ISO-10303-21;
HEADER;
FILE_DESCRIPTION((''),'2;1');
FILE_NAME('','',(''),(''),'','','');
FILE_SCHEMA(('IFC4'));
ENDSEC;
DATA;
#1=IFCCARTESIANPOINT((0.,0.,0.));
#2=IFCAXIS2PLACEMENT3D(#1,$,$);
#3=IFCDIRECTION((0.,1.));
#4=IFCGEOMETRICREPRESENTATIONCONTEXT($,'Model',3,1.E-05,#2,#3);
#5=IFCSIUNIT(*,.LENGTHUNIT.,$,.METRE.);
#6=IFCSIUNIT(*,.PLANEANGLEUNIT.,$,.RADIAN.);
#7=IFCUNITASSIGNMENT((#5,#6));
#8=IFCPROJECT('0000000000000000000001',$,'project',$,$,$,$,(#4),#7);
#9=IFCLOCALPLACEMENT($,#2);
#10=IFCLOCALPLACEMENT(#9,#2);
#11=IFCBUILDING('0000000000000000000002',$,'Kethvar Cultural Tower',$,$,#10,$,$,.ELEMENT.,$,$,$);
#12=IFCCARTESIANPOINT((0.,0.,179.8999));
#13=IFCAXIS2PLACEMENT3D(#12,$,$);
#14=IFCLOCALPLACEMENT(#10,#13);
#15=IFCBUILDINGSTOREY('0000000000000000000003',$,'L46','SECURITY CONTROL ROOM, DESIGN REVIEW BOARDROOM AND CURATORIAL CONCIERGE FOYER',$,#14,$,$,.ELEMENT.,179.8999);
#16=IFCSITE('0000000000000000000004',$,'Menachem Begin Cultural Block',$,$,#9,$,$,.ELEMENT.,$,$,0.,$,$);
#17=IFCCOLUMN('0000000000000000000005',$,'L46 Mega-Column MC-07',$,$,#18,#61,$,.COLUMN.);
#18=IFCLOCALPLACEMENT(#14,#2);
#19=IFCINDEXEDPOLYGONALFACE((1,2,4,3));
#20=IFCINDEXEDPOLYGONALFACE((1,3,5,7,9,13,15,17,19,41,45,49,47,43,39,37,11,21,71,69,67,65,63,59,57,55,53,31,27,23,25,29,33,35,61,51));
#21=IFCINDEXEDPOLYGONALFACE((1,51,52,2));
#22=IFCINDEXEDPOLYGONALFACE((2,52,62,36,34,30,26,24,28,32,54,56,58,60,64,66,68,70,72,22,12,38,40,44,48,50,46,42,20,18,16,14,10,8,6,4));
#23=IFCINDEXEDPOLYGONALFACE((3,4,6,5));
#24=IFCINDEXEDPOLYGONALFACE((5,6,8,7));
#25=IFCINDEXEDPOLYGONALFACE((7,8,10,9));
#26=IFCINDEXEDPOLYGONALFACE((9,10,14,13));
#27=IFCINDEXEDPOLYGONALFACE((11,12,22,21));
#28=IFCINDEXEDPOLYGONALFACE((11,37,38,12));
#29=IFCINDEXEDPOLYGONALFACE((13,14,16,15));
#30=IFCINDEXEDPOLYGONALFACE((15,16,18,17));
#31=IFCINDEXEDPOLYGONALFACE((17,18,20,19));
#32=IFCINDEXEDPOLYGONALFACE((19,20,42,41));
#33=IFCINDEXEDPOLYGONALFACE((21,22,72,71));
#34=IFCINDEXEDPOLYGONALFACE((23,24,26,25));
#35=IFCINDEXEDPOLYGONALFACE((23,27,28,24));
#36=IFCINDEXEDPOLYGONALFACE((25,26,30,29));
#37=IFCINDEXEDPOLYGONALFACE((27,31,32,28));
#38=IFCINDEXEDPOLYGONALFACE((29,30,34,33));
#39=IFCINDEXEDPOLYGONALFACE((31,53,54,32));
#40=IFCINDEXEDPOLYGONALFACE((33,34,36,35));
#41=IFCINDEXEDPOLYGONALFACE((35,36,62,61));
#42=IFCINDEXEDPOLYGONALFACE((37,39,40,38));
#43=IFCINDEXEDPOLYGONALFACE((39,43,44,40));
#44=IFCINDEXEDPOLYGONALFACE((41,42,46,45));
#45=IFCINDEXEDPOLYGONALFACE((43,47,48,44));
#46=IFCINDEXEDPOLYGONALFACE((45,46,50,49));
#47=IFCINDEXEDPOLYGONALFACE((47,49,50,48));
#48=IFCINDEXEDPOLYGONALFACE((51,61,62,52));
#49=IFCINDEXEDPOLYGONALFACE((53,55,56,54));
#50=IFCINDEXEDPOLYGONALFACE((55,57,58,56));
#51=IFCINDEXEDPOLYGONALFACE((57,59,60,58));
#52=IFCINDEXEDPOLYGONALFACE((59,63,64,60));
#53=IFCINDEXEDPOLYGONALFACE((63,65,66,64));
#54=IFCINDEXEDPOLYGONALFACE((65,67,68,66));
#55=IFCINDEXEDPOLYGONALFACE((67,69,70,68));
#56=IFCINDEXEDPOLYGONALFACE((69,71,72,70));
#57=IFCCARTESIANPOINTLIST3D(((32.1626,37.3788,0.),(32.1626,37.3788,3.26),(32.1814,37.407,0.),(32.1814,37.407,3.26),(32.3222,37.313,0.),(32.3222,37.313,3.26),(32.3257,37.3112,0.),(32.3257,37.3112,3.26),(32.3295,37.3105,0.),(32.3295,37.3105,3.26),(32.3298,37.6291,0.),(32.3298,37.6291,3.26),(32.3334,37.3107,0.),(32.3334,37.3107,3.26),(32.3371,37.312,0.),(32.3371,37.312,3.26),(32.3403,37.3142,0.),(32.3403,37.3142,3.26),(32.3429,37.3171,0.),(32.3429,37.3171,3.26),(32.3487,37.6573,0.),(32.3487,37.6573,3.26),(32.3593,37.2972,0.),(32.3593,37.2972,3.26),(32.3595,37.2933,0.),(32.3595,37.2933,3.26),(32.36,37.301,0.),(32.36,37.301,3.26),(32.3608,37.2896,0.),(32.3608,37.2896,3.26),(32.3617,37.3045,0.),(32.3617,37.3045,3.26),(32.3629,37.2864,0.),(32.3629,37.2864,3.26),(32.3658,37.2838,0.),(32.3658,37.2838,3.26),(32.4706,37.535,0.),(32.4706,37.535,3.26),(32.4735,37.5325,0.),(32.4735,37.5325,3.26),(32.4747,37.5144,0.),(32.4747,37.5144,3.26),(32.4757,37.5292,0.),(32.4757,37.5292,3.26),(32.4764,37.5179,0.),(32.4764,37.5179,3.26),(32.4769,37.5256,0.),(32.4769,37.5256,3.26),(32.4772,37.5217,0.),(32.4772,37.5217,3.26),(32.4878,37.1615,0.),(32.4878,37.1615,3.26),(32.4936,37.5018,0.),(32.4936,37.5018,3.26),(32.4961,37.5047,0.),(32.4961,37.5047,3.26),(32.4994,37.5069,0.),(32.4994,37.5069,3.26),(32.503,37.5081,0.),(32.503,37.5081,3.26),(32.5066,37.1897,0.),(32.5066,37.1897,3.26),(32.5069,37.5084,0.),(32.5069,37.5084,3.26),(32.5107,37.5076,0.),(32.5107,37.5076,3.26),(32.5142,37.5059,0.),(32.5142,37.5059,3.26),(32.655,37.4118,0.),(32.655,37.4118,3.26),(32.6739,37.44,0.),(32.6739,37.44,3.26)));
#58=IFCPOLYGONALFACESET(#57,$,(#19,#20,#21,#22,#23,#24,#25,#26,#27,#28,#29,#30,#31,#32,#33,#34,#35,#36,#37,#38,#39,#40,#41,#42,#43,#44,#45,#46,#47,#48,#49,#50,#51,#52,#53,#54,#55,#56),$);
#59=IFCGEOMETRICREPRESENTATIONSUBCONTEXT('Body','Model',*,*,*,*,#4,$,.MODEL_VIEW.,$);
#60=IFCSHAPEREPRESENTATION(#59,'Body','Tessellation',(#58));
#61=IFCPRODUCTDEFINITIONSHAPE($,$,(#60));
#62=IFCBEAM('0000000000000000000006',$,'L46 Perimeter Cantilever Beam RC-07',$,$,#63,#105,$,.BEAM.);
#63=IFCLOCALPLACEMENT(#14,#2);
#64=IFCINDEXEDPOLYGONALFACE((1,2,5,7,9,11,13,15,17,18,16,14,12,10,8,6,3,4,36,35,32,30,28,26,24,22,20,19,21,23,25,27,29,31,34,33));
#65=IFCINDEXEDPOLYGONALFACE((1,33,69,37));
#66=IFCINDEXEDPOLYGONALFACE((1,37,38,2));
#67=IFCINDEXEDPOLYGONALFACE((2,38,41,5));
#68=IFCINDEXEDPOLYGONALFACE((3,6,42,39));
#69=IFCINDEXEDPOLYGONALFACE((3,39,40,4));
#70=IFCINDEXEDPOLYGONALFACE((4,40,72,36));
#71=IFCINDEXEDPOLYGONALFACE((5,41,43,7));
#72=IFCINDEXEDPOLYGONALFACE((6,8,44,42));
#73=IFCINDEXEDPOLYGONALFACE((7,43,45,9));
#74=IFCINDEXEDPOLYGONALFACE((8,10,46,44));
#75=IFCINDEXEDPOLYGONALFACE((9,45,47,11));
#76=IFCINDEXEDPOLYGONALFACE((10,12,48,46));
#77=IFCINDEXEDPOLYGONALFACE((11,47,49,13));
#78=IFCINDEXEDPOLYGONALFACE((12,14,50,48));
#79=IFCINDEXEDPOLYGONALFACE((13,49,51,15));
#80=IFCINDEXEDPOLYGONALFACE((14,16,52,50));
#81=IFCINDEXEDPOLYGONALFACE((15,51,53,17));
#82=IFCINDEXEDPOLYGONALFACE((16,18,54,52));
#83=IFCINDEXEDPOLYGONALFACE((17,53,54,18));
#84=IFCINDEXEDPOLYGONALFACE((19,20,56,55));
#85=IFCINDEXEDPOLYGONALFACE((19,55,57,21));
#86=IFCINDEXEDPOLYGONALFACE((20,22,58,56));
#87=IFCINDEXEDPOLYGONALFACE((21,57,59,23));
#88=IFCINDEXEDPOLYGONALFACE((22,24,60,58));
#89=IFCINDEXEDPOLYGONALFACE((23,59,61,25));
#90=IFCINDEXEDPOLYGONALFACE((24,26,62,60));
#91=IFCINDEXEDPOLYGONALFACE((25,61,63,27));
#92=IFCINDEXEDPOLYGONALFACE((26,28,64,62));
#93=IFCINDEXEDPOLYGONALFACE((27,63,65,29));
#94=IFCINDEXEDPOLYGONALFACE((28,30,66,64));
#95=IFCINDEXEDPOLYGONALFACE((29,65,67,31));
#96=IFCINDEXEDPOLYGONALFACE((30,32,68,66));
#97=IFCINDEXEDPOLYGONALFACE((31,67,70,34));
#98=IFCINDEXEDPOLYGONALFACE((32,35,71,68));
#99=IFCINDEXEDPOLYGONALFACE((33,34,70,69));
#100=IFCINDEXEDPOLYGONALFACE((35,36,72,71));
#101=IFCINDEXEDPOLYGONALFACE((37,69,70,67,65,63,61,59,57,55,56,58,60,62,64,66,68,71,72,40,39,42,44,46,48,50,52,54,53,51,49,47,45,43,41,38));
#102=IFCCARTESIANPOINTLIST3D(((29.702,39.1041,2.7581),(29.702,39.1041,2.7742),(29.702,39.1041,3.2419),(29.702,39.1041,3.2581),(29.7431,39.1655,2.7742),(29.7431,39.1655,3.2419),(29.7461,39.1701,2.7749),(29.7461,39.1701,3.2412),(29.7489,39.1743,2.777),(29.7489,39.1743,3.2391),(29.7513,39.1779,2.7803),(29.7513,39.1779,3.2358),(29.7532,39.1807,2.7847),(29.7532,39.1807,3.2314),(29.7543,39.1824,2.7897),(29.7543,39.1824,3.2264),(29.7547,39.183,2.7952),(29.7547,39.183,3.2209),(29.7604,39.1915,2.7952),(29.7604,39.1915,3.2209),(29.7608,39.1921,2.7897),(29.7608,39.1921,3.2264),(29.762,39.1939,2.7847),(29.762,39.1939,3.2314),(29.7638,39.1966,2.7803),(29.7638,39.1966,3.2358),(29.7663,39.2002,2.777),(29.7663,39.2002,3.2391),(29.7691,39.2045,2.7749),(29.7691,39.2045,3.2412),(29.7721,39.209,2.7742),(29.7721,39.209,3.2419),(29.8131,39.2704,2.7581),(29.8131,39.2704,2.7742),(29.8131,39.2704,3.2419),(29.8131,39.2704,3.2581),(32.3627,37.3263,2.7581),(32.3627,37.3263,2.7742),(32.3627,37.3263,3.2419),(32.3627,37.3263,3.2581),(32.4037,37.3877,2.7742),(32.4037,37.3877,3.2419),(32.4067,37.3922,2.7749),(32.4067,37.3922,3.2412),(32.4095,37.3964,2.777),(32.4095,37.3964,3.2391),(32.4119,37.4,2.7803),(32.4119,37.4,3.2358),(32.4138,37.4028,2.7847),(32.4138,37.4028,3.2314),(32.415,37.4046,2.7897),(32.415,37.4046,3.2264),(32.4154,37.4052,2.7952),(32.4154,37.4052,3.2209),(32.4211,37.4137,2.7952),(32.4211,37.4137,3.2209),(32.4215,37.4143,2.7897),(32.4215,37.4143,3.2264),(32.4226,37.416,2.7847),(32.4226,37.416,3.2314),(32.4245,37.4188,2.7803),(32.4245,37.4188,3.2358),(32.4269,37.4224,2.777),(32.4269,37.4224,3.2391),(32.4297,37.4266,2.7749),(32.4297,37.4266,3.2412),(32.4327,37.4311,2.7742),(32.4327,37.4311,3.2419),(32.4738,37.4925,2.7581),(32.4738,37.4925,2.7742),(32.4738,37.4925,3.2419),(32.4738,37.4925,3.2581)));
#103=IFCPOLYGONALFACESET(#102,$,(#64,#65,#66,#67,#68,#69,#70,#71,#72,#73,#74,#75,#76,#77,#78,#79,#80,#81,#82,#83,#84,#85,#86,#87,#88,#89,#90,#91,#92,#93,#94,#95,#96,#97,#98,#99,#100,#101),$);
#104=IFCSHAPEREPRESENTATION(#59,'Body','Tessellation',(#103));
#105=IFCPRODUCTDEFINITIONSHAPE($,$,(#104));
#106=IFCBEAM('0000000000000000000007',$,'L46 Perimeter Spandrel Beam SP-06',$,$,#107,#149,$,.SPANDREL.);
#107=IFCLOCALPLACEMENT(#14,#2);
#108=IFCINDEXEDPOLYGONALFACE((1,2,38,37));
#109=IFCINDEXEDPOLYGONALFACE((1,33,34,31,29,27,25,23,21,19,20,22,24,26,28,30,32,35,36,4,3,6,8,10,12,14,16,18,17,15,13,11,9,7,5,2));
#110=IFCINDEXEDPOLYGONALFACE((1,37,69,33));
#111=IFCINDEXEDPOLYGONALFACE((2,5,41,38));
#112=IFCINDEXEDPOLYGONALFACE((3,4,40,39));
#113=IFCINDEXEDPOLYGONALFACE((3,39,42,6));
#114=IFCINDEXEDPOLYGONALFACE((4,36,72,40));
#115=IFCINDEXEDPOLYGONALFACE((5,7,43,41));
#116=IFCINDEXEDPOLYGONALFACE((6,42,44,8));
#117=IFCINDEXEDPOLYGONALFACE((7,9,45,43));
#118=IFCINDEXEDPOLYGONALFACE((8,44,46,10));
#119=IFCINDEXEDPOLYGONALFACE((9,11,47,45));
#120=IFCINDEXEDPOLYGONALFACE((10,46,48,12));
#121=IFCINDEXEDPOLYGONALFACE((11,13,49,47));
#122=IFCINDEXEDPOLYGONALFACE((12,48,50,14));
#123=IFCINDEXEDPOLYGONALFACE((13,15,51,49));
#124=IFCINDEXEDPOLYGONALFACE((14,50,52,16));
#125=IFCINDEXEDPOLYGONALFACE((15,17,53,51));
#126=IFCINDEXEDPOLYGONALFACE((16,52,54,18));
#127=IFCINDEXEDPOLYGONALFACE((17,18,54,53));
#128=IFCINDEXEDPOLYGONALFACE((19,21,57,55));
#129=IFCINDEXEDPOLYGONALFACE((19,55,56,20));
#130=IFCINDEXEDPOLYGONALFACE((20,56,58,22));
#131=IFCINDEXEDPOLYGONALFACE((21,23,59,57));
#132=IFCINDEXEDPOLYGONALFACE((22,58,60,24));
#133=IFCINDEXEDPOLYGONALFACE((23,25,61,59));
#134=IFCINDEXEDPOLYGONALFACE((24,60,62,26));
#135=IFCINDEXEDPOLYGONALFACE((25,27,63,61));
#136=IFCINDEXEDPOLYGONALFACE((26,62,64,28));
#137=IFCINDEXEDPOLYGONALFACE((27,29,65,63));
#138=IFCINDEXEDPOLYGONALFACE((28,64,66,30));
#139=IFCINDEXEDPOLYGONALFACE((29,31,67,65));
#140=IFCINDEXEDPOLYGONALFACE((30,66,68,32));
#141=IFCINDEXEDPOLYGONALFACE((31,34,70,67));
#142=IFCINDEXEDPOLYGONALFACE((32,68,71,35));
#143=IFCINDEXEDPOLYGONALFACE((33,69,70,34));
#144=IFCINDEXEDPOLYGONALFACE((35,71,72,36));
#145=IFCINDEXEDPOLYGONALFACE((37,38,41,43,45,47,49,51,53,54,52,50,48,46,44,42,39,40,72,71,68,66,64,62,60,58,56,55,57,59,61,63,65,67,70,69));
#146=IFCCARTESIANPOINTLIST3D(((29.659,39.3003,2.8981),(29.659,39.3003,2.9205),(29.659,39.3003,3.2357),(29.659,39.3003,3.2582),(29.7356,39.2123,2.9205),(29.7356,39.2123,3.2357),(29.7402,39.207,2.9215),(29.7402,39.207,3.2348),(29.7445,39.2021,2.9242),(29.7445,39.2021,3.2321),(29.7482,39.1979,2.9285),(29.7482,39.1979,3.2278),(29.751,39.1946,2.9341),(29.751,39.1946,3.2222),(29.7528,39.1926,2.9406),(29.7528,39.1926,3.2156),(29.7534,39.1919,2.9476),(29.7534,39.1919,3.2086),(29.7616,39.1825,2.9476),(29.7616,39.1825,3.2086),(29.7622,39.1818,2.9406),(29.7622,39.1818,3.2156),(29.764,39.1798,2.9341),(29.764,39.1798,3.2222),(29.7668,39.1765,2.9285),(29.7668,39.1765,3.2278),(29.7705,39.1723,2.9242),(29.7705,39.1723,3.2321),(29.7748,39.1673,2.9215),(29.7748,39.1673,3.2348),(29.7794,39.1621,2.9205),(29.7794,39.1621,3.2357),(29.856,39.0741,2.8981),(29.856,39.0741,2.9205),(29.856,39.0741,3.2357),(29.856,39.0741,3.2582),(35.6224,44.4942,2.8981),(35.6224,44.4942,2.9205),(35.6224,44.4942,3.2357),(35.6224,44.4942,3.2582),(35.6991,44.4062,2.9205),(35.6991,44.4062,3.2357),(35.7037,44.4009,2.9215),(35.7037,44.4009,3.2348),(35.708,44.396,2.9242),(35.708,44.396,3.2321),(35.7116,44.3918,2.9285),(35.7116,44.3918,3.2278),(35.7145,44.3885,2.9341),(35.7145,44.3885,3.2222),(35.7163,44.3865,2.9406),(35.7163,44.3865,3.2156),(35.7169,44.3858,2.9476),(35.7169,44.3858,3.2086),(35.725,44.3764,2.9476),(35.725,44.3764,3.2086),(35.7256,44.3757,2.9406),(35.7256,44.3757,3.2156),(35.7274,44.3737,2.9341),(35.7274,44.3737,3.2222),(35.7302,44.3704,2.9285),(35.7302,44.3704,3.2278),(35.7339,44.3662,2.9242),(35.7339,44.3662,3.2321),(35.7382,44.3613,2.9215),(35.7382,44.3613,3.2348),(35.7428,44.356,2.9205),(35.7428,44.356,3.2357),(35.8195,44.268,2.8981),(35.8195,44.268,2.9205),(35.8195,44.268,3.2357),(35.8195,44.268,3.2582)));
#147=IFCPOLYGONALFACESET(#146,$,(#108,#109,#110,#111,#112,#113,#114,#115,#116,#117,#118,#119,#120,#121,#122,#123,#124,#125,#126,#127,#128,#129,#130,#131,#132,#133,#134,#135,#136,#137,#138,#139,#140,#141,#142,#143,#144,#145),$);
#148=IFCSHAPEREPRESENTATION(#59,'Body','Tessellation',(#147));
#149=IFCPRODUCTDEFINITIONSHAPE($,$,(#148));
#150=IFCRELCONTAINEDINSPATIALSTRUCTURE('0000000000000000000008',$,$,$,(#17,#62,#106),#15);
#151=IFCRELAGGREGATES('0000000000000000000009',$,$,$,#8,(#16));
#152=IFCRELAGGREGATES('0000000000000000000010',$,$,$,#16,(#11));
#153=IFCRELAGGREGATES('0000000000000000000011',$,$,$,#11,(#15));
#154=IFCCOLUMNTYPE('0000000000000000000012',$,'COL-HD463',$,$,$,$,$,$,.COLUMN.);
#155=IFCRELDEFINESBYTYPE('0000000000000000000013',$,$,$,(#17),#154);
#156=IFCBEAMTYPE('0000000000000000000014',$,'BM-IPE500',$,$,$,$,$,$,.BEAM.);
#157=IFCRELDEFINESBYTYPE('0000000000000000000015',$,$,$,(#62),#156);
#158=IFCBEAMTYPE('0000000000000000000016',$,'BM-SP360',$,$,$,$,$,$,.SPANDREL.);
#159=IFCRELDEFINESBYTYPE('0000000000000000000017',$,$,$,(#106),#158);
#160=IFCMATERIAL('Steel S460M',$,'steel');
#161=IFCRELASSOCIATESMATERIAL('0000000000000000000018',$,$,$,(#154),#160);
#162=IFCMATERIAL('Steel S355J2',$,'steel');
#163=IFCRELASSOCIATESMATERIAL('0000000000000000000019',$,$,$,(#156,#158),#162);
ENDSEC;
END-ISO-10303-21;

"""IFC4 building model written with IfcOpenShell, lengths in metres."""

from ifc_helpers import new_model, si_unit, direction, frame, origin, origin_2d, place, context, subcontext, project, spatial, i_section, extrude, source, transform, mapped, material, material_profile, profile_set, type_object, element, save


model = new_model("IFC4")

# Units and contexts
model_context = context("Model", 3, precision=1e-05, world=origin(), true_north=direction((0.0, 1.0)))
body_context = subcontext(model_context, "Body", "Model", "MODEL_VIEW")
ifc_project = project(units=[si_unit("LENGTHUNIT", "METRE"), si_unit("PLANEANGLEUNIT", "RADIAN")], contexts=[model_context])

# Site, building, storey
site_placement = place(None, origin())
site = spatial("IfcSite", under=ifc_project, at=site_placement, Name="Menachem Begin Cultural Block", CompositionType="ELEMENT", RefElevation=0.0)
building_placement = place(site_placement, origin())
building = spatial("IfcBuilding", under=site, at=building_placement, Name="Kethvar Cultural Tower", CompositionType="ELEMENT")
storey_placement = place(building_placement, frame((0.0, 0.0, 179.8999)))
storey = spatial("IfcBuildingStorey", under=building, at=storey_placement, Name="L46", Description="SECURITY CONTROL ROOM, DESIGN REVIEW BOARDROOM AND CURATORIAL CONCIERGE FOYER", CompositionType="ELEMENT", Elevation=179.8999)

# Column
ifc_material_1 = material(Name="Steel S460M", Category="steel")
ifc_material_profile_1 = material_profile(ifc_material_1, i_section(OverallWidth=0.3911, OverallDepth=0.335, WebThickness=0.0227, FlangeThickness=0.0339, FilletRadius=0.0149, at=origin_2d()), Name="Steel S460M — HD400x463")
ifc_profile_set_1 = profile_set([ifc_material_profile_1], Name="Steel S460M — HD400x463")
column_type = type_object("IfcColumnType", Name="COL-HD463", PredefinedType="COLUMN", material=ifc_profile_set_1)
shared_shape_1 = source(origin(), body_context, "Body", "SweptSolid", [
    extrude(i_section(OverallWidth=0.3911, OverallDepth=0.335, WebThickness=0.0227, FlangeThickness=0.0339, FilletRadius=0.0149, at=origin_2d()), origin(), (0.0, 0.0, 1.0), 3.26),
])
column_placement = place(storey_placement, frame((32.4182, 37.4094, 0.0), z_axis=(0.0, 0.0, 1.0), x_axis=(-0.83147, 0.55557, 0.0)))
element("IfcColumn", 1, at=column_placement, inside=storey, type_object=column_type, Name="L46 Mega-Column MC-07", PredefinedType="COLUMN", context=body_context, shape_type="MappedRepresentation", body=[
    mapped(shared_shape_1, transform((0.0, 0.0, 0.0), scale=1.0)),
])

# Beams
ifc_material_2 = material(Name="Steel S355J2", Category="steel")
ifc_material_profile_2 = material_profile(ifc_material_2, i_section(OverallWidth=0.2, OverallDepth=0.5, WebThickness=0.0103, FlangeThickness=0.0161, FilletRadius=0.021, at=origin_2d()), Name="Steel S355J2 — IPE500")
ifc_profile_set_2 = profile_set([ifc_material_profile_2], Name="Steel S355J2 — IPE500")
beam_type_1 = type_object("IfcBeamType", Name="BM-IPE500", PredefinedType="BEAM", material=ifc_profile_set_2)
shared_shape_2 = source(origin(), body_context, "Body", "SweptSolid", [
    extrude(i_section(OverallWidth=0.2, OverallDepth=0.5, WebThickness=0.0103, FlangeThickness=0.0161, FilletRadius=0.021, at=origin_2d()), origin(), (0.0, 0.0, 1.0), 3.2),
])
beam_1_placement = place(storey_placement, frame((32.4182, 37.4094, 3.0081), z_axis=(-0.831463, 0.55558, 0.0), x_axis=(-0.55558, -0.831463, 0.0)))
element("IfcBeam", 2, at=beam_1_placement, inside=storey, type_object=beam_type_1, Name="L46 Perimeter Cantilever Beam RC-07", PredefinedType="BEAM", context=body_context, shape_type="MappedRepresentation", body=[
    mapped(shared_shape_2, transform((0.0, 0.0, 0.0), scale=1.0)),
])
ifc_material_profile_3 = material_profile(ifc_material_2, i_section(OverallWidth=0.3, OverallDepth=0.3601, WebThickness=0.0125, FlangeThickness=0.0225, FilletRadius=0.0271, at=origin_2d()), Name="Steel S355J2 — HEB360")
ifc_profile_set_3 = profile_set([ifc_material_profile_3], Name="Steel S355J2 — HEB360")
beam_type_2 = type_object("IfcBeamType", Name="BM-SP360", PredefinedType="SPANDREL", material=ifc_profile_set_3)
shared_shape_3 = source(origin(), body_context, "Body", "SweptSolid", [
    extrude(i_section(OverallWidth=0.3, OverallDepth=0.3601, WebThickness=0.0125, FlangeThickness=0.0225, FilletRadius=0.0271, at=origin_2d()), origin(), (0.0, 0.0, 1.0), 7.9082),
])
beam_2_placement = place(storey_placement, frame((35.7209, 44.3811, 3.0781), z_axis=(-0.754086, -0.656776, 0.0), x_axis=(0.656776, -0.754086, 0.0)))
element("IfcBeam", 3, at=beam_2_placement, inside=storey, type_object=beam_type_2, Name="L46 Perimeter Spandrel Beam SP-06", PredefinedType="SPANDREL", context=body_context, shape_type="MappedRepresentation", body=[
    mapped(shared_shape_3, transform((0.0, 0.0, 0.0), scale=1.0)),
])

save(model, "model.ifc")
